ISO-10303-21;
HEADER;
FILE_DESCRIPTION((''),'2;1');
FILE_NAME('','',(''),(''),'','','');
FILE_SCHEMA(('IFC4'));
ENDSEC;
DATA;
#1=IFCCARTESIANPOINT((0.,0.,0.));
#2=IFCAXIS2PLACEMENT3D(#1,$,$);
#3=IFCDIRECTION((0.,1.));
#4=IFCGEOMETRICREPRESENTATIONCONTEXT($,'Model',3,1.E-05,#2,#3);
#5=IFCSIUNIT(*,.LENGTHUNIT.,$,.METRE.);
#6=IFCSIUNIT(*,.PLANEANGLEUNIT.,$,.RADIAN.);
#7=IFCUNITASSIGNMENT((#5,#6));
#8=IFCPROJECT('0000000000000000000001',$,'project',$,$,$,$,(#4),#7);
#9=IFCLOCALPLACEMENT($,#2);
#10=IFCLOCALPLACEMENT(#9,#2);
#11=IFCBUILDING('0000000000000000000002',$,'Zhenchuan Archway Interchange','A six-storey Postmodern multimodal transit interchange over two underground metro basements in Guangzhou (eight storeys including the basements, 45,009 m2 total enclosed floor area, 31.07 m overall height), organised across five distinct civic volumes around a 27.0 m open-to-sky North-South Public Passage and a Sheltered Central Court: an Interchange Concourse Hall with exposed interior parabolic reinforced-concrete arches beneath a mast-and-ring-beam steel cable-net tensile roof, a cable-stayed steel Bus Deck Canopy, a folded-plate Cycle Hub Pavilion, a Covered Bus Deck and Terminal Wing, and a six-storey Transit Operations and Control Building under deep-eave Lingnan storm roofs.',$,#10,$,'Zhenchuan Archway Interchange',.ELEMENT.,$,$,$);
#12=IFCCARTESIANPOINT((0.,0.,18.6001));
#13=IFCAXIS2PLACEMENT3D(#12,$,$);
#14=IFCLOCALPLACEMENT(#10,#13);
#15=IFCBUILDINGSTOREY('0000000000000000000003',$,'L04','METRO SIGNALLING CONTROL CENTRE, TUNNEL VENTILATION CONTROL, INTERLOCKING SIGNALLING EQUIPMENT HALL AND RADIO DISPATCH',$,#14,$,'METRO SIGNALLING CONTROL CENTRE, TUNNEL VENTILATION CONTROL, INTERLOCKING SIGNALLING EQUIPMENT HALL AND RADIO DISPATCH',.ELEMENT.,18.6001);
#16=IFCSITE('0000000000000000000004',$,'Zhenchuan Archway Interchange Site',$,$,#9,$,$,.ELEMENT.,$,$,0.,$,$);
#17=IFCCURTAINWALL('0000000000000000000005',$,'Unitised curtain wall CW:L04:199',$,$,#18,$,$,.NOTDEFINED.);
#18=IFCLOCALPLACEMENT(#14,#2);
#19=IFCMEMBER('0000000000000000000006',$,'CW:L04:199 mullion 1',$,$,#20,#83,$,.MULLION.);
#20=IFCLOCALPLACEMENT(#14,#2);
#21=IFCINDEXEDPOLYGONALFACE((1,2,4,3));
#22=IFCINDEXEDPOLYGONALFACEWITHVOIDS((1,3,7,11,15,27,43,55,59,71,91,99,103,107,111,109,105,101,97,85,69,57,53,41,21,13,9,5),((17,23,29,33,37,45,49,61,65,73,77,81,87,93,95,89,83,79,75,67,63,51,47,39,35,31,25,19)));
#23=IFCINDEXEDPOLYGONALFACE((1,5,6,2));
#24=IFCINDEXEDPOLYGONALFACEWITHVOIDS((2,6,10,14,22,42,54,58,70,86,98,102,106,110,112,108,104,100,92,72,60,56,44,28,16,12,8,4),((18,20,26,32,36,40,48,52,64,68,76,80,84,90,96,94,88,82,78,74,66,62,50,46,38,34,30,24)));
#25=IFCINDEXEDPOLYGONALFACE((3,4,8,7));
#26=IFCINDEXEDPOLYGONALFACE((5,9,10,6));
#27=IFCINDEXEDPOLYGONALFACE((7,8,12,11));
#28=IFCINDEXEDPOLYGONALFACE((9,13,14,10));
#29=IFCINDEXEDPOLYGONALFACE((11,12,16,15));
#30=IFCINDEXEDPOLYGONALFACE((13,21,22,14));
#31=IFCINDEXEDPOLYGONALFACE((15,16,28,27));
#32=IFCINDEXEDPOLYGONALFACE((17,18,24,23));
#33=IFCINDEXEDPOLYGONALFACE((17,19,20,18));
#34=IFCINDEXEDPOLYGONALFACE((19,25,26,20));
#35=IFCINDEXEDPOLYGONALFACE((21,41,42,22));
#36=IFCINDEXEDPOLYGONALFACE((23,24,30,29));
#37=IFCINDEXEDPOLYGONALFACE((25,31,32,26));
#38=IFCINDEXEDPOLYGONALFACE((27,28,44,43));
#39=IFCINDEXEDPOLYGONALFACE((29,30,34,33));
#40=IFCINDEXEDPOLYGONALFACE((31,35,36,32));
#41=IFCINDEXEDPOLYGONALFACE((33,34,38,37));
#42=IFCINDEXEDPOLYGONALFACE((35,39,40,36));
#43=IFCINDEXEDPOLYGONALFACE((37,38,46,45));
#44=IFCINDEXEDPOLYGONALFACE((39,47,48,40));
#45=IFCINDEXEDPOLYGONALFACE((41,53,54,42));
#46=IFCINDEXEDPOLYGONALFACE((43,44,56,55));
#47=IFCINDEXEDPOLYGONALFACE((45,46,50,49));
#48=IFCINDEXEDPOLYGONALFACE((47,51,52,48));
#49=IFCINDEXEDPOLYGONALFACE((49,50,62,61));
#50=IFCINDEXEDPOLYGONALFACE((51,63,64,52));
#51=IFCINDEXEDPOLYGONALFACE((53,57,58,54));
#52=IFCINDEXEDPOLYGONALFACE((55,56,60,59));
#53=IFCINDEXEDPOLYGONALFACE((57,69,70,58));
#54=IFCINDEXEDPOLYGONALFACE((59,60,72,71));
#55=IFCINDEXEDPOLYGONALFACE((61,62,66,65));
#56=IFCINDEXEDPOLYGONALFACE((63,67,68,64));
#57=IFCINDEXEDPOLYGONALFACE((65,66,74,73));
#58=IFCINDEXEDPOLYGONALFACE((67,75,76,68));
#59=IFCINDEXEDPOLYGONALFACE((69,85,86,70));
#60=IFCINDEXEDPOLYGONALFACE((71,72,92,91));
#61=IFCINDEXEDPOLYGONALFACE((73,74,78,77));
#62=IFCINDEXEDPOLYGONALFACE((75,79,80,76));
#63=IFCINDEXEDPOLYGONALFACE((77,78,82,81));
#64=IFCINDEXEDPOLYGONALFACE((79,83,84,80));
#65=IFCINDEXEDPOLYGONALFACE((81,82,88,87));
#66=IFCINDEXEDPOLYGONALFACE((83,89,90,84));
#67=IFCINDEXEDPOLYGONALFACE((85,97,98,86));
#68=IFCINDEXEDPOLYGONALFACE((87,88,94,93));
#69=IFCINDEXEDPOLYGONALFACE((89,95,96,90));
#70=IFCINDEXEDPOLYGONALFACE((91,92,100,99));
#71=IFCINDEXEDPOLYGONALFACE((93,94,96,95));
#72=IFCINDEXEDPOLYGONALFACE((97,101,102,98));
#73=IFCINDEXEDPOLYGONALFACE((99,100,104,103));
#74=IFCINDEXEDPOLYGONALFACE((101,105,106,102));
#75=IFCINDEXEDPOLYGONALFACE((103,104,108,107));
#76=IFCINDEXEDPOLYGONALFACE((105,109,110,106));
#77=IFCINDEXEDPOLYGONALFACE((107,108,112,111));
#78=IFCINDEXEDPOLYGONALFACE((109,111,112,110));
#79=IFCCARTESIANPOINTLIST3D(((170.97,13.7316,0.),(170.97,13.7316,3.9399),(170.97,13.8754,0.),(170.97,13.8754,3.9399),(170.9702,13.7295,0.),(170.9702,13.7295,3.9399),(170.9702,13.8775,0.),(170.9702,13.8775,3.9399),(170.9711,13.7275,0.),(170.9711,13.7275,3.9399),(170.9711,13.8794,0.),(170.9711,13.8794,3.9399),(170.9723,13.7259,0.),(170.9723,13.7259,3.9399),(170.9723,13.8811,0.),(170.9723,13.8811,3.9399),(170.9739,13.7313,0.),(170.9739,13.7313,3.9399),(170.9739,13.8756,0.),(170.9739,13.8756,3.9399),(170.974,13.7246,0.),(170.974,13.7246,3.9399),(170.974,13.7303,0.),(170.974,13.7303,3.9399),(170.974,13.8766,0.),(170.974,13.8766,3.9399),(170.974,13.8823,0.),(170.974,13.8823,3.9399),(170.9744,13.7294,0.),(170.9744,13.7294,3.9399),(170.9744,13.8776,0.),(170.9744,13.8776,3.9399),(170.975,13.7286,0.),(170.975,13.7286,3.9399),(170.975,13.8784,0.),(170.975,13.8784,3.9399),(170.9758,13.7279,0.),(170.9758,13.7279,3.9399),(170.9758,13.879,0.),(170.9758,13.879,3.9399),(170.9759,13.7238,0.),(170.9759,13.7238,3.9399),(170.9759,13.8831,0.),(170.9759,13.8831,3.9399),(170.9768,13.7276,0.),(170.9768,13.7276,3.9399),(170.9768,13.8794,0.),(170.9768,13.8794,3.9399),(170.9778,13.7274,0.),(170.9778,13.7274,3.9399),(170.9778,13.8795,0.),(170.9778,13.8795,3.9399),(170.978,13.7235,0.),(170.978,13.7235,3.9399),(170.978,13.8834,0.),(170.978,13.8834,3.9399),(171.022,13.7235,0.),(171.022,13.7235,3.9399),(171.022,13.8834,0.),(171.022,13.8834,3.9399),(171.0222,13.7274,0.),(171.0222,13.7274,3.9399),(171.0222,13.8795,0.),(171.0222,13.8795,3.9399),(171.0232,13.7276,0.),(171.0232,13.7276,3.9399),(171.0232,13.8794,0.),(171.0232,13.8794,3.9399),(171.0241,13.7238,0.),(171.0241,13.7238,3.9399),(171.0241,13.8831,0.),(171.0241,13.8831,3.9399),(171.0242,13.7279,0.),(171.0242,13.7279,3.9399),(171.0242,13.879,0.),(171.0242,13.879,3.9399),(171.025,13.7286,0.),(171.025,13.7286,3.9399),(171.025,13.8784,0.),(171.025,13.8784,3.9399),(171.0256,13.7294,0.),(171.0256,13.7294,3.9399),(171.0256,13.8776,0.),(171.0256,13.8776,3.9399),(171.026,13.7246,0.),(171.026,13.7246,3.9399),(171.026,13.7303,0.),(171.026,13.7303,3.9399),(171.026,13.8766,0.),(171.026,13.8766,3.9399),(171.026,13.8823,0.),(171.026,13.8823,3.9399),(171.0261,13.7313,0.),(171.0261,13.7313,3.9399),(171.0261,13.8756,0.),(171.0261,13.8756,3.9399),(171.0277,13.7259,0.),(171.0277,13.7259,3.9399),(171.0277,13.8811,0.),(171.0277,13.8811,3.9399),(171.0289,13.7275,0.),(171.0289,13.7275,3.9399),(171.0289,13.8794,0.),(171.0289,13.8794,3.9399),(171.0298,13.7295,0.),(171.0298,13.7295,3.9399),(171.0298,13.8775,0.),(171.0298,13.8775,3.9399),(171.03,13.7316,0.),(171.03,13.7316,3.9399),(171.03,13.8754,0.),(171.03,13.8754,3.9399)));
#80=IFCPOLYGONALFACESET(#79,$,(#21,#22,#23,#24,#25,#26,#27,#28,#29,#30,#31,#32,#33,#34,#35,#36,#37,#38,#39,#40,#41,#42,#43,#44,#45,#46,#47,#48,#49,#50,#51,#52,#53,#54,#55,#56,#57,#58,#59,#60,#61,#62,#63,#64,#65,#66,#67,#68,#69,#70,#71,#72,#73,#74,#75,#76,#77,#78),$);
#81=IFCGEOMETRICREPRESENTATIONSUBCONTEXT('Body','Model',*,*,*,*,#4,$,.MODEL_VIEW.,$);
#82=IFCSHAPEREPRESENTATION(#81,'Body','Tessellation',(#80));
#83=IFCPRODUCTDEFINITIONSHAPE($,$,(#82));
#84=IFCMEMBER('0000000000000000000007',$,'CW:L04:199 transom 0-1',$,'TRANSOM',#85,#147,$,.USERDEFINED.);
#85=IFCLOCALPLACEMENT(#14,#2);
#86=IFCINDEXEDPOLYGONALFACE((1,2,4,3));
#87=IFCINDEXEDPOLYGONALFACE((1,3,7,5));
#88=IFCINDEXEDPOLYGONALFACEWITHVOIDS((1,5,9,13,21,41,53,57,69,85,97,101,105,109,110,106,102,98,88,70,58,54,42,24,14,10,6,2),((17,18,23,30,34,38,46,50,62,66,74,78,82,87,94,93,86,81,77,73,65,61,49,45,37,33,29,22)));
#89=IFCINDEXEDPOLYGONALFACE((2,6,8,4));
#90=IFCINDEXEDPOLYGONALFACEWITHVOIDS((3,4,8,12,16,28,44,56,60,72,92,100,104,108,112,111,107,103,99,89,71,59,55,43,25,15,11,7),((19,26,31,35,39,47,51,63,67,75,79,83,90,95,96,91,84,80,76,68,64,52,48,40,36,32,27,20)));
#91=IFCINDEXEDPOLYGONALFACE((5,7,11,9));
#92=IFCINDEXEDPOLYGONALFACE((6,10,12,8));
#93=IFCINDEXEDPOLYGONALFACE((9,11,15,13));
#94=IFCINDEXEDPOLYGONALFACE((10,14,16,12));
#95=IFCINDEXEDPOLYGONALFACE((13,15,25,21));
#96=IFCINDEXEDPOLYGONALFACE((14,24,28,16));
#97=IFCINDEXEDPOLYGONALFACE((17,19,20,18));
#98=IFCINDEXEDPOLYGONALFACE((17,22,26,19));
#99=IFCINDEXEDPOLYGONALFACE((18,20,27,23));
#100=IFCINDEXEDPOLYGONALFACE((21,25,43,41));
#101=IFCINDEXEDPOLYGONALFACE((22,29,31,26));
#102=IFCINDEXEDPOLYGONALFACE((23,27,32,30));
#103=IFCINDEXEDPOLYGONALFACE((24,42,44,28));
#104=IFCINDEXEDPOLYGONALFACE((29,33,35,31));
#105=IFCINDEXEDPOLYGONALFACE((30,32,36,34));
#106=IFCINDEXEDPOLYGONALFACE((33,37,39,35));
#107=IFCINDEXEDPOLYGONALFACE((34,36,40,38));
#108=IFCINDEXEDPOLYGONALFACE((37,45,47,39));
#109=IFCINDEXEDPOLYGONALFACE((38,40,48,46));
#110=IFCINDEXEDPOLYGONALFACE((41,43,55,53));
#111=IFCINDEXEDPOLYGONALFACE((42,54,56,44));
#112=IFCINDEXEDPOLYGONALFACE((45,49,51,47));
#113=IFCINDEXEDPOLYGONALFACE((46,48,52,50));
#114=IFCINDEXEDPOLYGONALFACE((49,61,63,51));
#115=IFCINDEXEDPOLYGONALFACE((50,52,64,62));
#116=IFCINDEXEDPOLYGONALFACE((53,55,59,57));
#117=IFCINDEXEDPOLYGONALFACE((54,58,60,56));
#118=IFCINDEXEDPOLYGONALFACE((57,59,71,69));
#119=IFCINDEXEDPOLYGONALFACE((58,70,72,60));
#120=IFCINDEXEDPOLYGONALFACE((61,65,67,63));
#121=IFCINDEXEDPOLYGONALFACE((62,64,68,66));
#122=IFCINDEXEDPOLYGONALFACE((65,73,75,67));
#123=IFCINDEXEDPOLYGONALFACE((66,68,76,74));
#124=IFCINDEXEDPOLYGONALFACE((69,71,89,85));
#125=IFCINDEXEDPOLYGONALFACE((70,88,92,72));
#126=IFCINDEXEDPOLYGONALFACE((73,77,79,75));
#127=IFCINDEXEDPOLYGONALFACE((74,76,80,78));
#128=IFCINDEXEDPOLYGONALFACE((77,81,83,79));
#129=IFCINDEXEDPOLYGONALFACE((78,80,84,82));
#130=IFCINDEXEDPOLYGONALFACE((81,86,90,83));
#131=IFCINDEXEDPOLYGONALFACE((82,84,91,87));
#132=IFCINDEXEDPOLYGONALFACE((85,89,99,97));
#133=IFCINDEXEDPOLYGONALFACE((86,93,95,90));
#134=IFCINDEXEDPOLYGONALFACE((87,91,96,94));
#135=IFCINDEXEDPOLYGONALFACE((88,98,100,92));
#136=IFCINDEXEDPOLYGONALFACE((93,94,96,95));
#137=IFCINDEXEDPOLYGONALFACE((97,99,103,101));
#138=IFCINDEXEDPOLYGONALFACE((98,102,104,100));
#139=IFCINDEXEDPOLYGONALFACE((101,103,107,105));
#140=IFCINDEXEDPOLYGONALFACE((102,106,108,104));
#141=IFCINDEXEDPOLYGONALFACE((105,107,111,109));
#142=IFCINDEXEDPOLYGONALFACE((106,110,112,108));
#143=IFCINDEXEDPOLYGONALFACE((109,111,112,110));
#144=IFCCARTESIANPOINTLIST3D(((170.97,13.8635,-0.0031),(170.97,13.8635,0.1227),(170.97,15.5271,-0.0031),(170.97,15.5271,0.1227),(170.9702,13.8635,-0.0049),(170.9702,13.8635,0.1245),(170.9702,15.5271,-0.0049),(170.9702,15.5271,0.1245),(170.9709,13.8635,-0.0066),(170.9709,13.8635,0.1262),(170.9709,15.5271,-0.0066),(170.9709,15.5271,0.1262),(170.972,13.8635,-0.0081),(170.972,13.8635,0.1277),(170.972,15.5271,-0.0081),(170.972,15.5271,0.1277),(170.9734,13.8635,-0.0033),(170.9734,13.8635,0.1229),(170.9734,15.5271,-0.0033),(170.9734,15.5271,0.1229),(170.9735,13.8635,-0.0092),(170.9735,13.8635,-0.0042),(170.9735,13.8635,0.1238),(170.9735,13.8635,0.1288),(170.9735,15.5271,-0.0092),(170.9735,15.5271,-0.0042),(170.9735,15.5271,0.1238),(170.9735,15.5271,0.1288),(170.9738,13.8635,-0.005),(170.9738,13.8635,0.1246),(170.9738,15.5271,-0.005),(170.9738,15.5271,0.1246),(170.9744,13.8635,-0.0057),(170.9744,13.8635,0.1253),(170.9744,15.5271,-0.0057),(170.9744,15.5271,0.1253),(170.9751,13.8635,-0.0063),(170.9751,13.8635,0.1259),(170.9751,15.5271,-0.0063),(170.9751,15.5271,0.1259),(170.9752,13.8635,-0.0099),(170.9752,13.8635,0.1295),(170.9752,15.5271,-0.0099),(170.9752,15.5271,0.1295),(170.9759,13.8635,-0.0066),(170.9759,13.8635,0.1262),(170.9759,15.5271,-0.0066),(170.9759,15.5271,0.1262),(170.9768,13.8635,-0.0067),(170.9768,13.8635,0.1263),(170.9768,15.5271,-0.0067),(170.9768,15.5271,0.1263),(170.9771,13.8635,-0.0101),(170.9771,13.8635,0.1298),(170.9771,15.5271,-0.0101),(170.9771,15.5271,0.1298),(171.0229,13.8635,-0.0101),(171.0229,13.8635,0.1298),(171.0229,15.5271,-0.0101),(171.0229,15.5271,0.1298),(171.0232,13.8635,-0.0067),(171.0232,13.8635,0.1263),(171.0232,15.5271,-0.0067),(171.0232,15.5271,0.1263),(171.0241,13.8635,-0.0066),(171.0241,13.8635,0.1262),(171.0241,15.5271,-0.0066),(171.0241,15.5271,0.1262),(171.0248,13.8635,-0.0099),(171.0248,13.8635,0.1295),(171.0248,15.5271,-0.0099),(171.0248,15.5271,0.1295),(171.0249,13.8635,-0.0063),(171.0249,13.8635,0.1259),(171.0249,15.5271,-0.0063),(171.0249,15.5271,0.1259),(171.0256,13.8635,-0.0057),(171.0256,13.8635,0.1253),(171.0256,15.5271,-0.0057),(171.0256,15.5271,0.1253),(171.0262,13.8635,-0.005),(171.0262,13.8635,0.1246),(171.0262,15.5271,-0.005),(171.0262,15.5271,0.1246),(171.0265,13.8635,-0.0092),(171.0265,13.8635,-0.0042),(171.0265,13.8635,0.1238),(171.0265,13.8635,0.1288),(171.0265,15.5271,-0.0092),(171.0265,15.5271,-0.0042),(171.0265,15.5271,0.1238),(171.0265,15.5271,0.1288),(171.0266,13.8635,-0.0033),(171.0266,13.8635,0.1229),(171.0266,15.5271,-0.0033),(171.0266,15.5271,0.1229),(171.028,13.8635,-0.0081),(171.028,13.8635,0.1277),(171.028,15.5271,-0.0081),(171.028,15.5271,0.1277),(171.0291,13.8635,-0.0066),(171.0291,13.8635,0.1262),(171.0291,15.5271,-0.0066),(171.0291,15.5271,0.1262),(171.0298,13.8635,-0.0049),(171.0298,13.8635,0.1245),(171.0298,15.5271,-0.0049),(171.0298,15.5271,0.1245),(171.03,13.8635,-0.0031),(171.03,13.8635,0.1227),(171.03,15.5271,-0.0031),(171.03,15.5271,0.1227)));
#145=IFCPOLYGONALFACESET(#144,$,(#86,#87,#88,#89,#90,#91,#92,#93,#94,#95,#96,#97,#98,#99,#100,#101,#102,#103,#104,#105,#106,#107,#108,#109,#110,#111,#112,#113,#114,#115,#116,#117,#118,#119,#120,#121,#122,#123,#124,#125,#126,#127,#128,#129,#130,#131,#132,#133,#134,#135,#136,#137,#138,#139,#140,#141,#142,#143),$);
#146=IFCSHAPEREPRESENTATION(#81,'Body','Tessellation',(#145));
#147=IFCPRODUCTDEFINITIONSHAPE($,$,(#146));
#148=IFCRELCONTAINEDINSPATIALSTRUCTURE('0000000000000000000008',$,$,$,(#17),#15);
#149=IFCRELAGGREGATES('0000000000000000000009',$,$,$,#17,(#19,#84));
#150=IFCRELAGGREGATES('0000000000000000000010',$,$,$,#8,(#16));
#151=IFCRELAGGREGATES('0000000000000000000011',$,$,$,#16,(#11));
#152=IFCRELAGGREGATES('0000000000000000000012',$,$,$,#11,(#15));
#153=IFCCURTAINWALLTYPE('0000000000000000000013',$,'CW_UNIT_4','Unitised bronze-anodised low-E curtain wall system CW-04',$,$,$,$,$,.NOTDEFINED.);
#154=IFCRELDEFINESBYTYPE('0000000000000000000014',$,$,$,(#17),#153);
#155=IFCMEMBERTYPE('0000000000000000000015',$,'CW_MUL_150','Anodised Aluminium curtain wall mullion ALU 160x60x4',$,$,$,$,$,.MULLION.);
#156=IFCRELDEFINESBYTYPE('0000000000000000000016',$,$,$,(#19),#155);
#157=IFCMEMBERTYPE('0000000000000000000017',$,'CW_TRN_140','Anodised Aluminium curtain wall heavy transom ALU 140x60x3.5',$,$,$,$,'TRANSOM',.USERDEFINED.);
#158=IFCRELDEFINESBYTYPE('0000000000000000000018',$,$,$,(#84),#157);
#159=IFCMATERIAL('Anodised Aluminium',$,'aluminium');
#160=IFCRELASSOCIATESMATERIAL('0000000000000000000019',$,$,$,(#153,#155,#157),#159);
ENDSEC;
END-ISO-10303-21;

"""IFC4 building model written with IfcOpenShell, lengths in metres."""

from ifc_helpers import new_model, si_unit, direction, frame, origin, origin_2d, place, context, subcontext, project, spatial, hollow_rectangle, extrude, material, material_profile, profile_set, type_object, element, aggregate, save


model = new_model("IFC4")

# Units and contexts
model_context = context("Model", 3, precision=1e-05, world=origin(), true_north=direction((0.0, 1.0)))
body_context = subcontext(model_context, "Body", "Model", "MODEL_VIEW")
ifc_project = project(units=[si_unit("LENGTHUNIT", "METRE"), si_unit("PLANEANGLEUNIT", "RADIAN")], contexts=[model_context])

# Site, building, storey
site_placement = place(None, origin())
site = spatial("IfcSite", under=ifc_project, at=site_placement, Name="Zhenchuan Archway Interchange Site", CompositionType="ELEMENT", RefElevation=0.0)
building_placement = place(site_placement, origin())
building = spatial("IfcBuilding", under=site, at=building_placement, Name="Zhenchuan Archway Interchange", Description="A six-storey Postmodern multimodal transit interchange over two underground metro basements in Guangzhou (eight storeys including the basements, 45,009 m2 total enclosed floor area, 31.07 m overall height), organised across five distinct civic volumes around a 27.0 m open-to-sky North-South Public Passage and a Sheltered Central Court: an Interchange Concourse Hall with exposed interior parabolic reinforced-concrete arches beneath a mast-and-ring-beam steel cable-net tensile roof, a cable-stayed steel Bus Deck Canopy, a folded-plate Cycle Hub Pavilion, a Covered Bus Deck and Terminal Wing, and a six-storey Transit Operations and Control Building under deep-eave Lingnan storm roofs.", LongName="Zhenchuan Archway Interchange", CompositionType="ELEMENT")
storey_placement = place(building_placement, frame((0.0, 0.0, 18.6001)))
storey = spatial("IfcBuildingStorey", under=building, at=storey_placement, Name="L04", Description="METRO SIGNALLING CONTROL CENTRE, TUNNEL VENTILATION CONTROL, INTERLOCKING SIGNALLING EQUIPMENT HALL AND RADIO DISPATCH", LongName="METRO SIGNALLING CONTROL CENTRE, TUNNEL VENTILATION CONTROL, INTERLOCKING SIGNALLING EQUIPMENT HALL AND RADIO DISPATCH", CompositionType="ELEMENT", Elevation=18.6001)

# Curtain wall, members
ifc_material_1 = material(Name="Anodised Aluminium", Category="aluminium")
curtain_wall_type = type_object("IfcCurtainWallType", Name="CW_UNIT_4", Description="Unitised bronze-anodised low-E curtain wall system CW-04", PredefinedType="NOTDEFINED", material=ifc_material_1)
curtain_wall_placement = place(storey_placement, origin())
curtain_wall = element("IfcCurtainWall", 1, at=curtain_wall_placement, inside=storey, type_object=curtain_wall_type, Name="Unitised curtain wall CW:L04:199", PredefinedType="NOTDEFINED")
ifc_material_profile_1 = material_profile(ifc_material_1, hollow_rectangle(XDim=0.0601, YDim=0.1599, WallThickness=0.0039, InnerFilletRadius=0.0039, OuterFilletRadius=0.0081, at=origin_2d()), Name="ALU 160x60x4")
ifc_profile_set_1 = profile_set([ifc_material_profile_1], Name="Anodised Aluminium")
member_type_1 = type_object("IfcMemberType", Name="CW_MUL_150", Description="Anodised Aluminium curtain wall mullion ALU 160x60x4", PredefinedType="MULLION", material=ifc_profile_set_1)
member_1_placement = place(storey_placement, frame((171.0, 13.8035, 0.0), z_axis=(0.0, 0.0, 1.0), x_axis=(1.0, 0.0, 0.0)))
member_1 = element("IfcMember", 2, at=member_1_placement, type_object=member_type_1, Name="CW:L04:199 mullion 1", PredefinedType="MULLION", context=body_context, shape_type="SweptSolid", body=[
    extrude(hollow_rectangle(XDim=0.0601, YDim=0.1599, WallThickness=0.0039, InnerFilletRadius=0.0039, OuterFilletRadius=0.0081, at=origin_2d()), origin(), (0.0, 0.0, 1.0), 3.9399),
])
ifc_material_profile_2 = material_profile(ifc_material_1, hollow_rectangle(XDim=0.0601, YDim=0.1399, WallThickness=0.0034, InnerFilletRadius=0.0034, OuterFilletRadius=0.0071, at=origin_2d()), Name="ALU 140x60x3.5")
ifc_profile_set_2 = profile_set([ifc_material_profile_2], Name="Anodised Aluminium")
member_type_2 = type_object("IfcMemberType", Name="CW_TRN_140", Description="Anodised Aluminium curtain wall heavy transom ALU 140x60x3.5", ElementType="TRANSOM", PredefinedType="USERDEFINED", material=ifc_profile_set_2)
member_2_placement = place(storey_placement, frame((171.0, 15.5271, 0.0598), z_axis=(0.0, -1.0, 0.0), x_axis=(1.0, 0.0, 0.0)))
member_2 = element("IfcMember", 3, at=member_2_placement, type_object=member_type_2, Name="CW:L04:199 transom 0-1", ObjectType="TRANSOM", PredefinedType="USERDEFINED", context=body_context, shape_type="SweptSolid", body=[
    extrude(hollow_rectangle(XDim=0.0601, YDim=0.1399, WallThickness=0.0034, InnerFilletRadius=0.0034, OuterFilletRadius=0.0071, at=origin_2d()), origin(), (0.0, 0.0, 1.0), 1.6636),
])

aggregate(curtain_wall, [member_1, member_2])

save(model, "model.ifc")
